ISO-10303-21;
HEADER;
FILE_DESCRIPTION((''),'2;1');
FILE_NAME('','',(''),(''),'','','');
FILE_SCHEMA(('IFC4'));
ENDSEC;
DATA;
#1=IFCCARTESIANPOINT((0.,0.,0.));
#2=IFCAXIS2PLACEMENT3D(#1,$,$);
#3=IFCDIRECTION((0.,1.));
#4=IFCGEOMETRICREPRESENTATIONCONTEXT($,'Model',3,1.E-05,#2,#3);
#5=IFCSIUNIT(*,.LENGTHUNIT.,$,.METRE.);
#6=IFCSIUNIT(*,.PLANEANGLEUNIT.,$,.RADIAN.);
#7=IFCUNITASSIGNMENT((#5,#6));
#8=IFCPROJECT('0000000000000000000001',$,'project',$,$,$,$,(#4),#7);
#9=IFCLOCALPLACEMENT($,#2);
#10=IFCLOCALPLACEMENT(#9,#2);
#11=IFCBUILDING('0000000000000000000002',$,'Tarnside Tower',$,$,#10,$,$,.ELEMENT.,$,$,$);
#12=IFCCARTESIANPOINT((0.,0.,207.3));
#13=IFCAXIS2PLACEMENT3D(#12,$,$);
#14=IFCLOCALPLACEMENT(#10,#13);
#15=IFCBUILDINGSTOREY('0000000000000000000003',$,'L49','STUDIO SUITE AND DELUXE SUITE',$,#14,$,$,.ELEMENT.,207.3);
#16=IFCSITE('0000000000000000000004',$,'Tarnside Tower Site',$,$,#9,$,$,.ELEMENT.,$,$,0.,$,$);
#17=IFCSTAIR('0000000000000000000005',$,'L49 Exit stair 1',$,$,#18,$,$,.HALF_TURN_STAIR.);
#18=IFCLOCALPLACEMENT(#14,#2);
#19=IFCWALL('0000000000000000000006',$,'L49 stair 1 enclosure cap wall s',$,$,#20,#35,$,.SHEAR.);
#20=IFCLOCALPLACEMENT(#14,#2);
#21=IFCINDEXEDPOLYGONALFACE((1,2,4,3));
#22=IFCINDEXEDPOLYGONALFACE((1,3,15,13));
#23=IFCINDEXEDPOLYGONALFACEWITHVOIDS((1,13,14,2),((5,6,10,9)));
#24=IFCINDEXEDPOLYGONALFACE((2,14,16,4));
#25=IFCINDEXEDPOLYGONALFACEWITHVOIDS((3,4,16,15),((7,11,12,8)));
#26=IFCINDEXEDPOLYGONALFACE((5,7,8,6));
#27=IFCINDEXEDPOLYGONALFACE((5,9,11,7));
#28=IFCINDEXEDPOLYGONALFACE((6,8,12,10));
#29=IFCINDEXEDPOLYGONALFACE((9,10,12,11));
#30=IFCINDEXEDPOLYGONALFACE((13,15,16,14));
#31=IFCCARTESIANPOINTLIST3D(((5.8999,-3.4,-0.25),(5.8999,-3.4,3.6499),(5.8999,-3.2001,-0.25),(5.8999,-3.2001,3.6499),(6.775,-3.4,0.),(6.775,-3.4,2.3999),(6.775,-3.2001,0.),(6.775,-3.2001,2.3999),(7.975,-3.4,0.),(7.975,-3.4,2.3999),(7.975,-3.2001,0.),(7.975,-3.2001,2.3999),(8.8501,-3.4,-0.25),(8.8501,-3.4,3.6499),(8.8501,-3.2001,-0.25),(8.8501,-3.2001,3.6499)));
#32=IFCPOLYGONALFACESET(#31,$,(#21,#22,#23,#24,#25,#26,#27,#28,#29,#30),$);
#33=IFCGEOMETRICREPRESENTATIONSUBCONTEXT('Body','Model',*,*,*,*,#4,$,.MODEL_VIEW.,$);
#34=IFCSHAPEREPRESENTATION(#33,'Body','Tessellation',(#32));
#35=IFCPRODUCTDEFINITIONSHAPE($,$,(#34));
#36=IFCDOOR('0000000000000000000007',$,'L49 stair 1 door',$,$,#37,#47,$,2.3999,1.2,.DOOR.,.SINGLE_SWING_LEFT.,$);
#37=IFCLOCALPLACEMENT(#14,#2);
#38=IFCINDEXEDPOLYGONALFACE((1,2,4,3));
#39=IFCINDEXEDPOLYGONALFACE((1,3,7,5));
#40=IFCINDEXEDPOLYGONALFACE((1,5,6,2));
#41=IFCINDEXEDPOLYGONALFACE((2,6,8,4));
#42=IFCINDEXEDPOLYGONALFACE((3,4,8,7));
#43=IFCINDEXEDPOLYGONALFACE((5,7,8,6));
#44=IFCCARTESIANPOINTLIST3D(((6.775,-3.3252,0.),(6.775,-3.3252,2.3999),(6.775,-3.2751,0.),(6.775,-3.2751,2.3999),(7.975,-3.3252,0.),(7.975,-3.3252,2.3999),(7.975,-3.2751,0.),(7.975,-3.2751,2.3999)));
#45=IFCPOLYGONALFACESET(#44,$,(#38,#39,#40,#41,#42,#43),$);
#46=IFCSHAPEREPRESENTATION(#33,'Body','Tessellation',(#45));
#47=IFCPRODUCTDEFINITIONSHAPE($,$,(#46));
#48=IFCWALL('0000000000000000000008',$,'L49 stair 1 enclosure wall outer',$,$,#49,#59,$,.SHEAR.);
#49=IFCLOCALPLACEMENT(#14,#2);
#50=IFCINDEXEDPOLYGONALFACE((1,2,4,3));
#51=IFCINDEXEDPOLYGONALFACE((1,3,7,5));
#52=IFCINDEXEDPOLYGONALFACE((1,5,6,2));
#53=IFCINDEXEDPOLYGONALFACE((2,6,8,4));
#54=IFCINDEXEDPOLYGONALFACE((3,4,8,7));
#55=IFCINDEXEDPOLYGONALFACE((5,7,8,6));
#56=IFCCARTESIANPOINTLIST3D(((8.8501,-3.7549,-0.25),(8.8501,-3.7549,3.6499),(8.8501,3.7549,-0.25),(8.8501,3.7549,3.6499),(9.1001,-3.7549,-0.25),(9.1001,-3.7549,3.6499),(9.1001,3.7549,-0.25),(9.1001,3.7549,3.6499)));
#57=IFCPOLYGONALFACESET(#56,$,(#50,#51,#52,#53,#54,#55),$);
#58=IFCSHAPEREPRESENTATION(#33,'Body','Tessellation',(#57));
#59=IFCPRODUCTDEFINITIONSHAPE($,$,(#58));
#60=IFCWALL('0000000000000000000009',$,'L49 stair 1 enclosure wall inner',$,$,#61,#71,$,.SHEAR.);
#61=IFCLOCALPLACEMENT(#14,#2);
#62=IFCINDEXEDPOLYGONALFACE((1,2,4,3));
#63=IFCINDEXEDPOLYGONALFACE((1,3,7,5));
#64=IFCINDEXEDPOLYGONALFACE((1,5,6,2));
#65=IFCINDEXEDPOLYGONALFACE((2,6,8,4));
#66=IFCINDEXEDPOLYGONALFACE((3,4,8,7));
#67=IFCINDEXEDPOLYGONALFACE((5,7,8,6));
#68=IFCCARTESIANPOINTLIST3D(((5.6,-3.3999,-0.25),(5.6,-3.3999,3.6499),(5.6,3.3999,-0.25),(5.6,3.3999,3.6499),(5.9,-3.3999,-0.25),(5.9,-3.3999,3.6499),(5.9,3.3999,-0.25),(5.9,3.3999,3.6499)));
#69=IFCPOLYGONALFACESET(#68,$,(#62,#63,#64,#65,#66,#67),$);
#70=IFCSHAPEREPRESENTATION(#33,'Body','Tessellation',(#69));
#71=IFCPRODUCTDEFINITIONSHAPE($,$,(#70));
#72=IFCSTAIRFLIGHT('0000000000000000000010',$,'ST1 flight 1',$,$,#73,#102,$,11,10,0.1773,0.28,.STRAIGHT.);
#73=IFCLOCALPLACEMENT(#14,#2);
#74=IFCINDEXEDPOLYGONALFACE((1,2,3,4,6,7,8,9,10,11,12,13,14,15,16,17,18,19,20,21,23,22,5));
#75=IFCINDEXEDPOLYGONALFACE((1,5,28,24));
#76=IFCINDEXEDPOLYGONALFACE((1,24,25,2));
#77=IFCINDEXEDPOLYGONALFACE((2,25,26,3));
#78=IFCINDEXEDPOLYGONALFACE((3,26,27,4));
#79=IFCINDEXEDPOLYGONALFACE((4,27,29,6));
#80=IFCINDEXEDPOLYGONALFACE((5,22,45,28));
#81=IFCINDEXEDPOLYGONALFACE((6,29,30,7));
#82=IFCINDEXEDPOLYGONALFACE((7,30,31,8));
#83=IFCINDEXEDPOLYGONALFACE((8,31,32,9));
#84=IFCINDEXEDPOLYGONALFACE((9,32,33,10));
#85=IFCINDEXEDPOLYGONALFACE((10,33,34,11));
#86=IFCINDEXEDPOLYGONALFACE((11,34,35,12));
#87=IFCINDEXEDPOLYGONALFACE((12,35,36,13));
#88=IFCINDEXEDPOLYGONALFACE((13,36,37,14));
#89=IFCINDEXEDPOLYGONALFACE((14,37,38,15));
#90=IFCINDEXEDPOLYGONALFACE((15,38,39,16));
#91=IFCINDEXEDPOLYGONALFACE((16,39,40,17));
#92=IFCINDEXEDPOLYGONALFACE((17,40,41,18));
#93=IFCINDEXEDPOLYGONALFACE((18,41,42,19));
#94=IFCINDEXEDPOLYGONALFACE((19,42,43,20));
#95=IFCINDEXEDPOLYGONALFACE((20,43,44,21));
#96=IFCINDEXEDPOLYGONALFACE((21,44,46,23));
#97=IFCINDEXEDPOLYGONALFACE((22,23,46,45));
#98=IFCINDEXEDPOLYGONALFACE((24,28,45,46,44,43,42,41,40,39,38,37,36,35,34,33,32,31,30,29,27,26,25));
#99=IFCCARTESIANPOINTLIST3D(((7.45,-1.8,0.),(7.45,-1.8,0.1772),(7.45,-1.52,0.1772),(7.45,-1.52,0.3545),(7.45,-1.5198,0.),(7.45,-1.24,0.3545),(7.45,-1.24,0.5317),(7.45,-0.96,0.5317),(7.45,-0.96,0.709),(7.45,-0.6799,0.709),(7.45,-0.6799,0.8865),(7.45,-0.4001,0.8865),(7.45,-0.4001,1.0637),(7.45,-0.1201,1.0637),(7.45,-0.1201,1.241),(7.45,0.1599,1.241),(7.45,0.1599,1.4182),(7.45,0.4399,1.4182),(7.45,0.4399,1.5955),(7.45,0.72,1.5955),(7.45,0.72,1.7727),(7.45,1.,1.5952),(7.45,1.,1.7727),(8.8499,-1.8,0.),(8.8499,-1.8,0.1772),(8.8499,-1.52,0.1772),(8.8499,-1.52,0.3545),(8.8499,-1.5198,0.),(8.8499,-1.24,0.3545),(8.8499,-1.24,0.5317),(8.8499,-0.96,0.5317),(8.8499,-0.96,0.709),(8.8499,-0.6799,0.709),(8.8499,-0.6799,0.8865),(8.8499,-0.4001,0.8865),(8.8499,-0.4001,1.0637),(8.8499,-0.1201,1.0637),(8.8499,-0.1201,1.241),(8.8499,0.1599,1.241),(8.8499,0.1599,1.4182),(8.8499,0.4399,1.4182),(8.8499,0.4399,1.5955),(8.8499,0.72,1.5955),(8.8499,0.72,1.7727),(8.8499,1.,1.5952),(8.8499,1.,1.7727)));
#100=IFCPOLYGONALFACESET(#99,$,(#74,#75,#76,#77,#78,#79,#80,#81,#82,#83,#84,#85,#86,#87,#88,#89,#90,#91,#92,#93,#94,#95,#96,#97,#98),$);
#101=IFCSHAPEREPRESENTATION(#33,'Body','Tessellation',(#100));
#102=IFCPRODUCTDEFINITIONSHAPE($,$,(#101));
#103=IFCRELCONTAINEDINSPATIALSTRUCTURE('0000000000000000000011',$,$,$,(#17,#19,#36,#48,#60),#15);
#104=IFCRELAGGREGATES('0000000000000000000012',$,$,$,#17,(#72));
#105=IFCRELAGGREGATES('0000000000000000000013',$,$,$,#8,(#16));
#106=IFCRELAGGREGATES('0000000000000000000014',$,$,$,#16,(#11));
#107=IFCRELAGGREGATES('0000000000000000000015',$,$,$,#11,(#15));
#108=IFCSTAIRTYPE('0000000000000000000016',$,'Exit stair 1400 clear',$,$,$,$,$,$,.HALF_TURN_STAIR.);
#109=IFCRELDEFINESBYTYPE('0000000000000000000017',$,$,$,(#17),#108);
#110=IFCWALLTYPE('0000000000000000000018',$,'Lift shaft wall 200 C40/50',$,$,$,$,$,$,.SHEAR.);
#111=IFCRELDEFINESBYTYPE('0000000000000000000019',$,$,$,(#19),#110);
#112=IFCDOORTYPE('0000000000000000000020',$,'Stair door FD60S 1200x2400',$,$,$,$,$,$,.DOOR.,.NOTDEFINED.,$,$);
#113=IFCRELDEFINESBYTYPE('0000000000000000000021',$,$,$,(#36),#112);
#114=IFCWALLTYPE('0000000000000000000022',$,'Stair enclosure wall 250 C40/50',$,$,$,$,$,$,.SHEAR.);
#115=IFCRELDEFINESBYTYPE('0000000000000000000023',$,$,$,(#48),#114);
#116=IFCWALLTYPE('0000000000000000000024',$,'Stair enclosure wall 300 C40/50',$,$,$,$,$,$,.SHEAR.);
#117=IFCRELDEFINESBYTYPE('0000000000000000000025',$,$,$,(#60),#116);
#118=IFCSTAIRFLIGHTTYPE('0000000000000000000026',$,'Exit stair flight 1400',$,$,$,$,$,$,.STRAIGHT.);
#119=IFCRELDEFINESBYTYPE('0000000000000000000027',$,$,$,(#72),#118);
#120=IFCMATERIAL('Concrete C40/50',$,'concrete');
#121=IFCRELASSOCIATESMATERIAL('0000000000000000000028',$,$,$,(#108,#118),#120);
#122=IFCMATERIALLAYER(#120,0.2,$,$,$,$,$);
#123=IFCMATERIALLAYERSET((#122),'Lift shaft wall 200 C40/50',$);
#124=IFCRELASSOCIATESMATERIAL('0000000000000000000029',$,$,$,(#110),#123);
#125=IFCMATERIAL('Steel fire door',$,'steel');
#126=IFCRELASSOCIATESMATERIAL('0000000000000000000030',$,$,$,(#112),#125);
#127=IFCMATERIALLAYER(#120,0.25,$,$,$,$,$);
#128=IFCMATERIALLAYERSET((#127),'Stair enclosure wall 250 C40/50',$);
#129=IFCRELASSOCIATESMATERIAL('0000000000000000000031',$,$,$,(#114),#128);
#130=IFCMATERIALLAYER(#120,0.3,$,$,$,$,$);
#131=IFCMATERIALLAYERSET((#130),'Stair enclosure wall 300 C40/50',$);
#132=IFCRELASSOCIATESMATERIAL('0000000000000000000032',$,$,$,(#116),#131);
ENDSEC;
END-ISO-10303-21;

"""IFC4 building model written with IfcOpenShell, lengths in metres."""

from ifc_helpers import new_model, si_unit, direction, frame, frame_2d, origin, place, context, subcontext, project, spatial, polyline, rectangle, outline, extrude, material, layer, layer_set, type_object, element, fill, aggregate, save


model = new_model("IFC4")

# Units and contexts
model_context = context("Model", 3, precision=1e-05, world=origin(), true_north=direction((0.0, 1.0)))
body_context = subcontext(model_context, "Body", "Model", "MODEL_VIEW")
ifc_project = project(units=[si_unit("LENGTHUNIT", "METRE"), si_unit("PLANEANGLEUNIT", "RADIAN")], contexts=[model_context])

# Site, building, storey
site_placement = place(None, origin())
site = spatial("IfcSite", under=ifc_project, at=site_placement, Name="Tarnside Tower Site", CompositionType="ELEMENT", RefElevation=0.0)
building_placement = place(site_placement, origin())
building = spatial("IfcBuilding", under=site, at=building_placement, Name="Tarnside Tower", CompositionType="ELEMENT")
storey_placement = place(building_placement, frame((0.0, 0.0, 207.3)))
storey = spatial("IfcBuildingStorey", under=building, at=storey_placement, Name="L49", Description="STUDIO SUITE AND DELUXE SUITE", CompositionType="ELEMENT", Elevation=207.3)

# Shared definitions
ifc_material_1 = material(Name="Concrete C40/50", Category="concrete")

# Stair
stair_type = type_object("IfcStairType", Name="Exit stair 1400 clear", PredefinedType="HALF_TURN_STAIR", material=ifc_material_1)
stair_1_placement = place(storey_placement, origin())
stair_1 = element("IfcStair", 1, at=stair_1_placement, inside=storey, type_object=stair_type, Name="L49 Exit stair 1", PredefinedType="HALF_TURN_STAIR")

# Shared definitions
ifc_material_2 = material(Name="Steel fire door", Category="steel")

# Shared definitions
ifc_layer_1 = layer(ifc_material_1, 0.2)
ifc_layer_set_1 = layer_set([ifc_layer_1], Name="Lift shaft wall 200 C40/50")
wall_type_1 = type_object("IfcWallType", Name="Lift shaft wall 200 C40/50", PredefinedType="SHEAR", material=ifc_layer_set_1)

# Wall, opening, door
wall_1_placement = place(storey_placement, frame((5.8999, -3.3, -0.25), z_axis=(0.0, 0.0, 1.0), x_axis=(1.0, 0.0, 0.0)))
wall_1 = element("IfcWall", 2, at=wall_1_placement, inside=storey, type_object=wall_type_1, Name="L49 stair 1 enclosure cap wall s", PredefinedType="SHEAR", context=body_context, shape_type="SweptSolid", body=[
    extrude(rectangle(XDim=2.9502, YDim=0.2, at=frame_2d((1.4751, 0.0))), origin(), (0.0, 0.0, 1.0), 3.8999),
])
opening_1_placement = place(wall_1_placement, frame((0.875, 0.0, 0.25)))
opening_1 = element("IfcOpeningElement", 3, at=opening_1_placement, cuts=wall_1, PredefinedType="OPENING", context=body_context, shape_type="SweptSolid", body=[
    extrude(rectangle(XDim=1.2, YDim=2.3999, at=frame_2d((0.6001, 1.2))), frame((0.0, 0.1099, 0.0), z_axis=(0.0, -1.0, 0.0), x_axis=(1.0, 0.0, 0.0)), (0.0, 0.0, 1.0), 0.22),
])
door_type_1 = type_object("IfcDoorType", Name="Stair door FD60S 1200x2400", OperationType="NOTDEFINED", PredefinedType="DOOR", material=ifc_material_2)
door_1_placement = place(opening_1_placement, origin())
door_1 = element("IfcDoor", 4, at=door_1_placement, inside=storey, type_object=door_type_1, Name="L49 stair 1 door", OperationType="SINGLE_SWING_LEFT", OverallHeight=2.3999, OverallWidth=1.2, PredefinedType="DOOR", context=body_context, shape_type="SweptSolid", body=[
    extrude(rectangle(XDim=1.2, YDim=2.3999, at=frame_2d((0.6001, 1.2))), frame((0.0, 0.0249, 0.0), z_axis=(0.0, -1.0, 0.0), x_axis=(1.0, 0.0, 0.0)), (0.0, 0.0, 1.0), 0.05),
])
fill(opening_1, door_1)

# Walls
ifc_layer_2 = layer(ifc_material_1, 0.25)
ifc_layer_set_2 = layer_set([ifc_layer_2], Name="Stair enclosure wall 250 C40/50")
wall_type_2 = type_object("IfcWallType", Name="Stair enclosure wall 250 C40/50", PredefinedType="SHEAR", material=ifc_layer_set_2)
wall_2_placement = place(storey_placement, frame((8.9751, -3.7549, -0.25), z_axis=(0.0, 0.0, 1.0), x_axis=(0.0, 1.0, 0.0)))
element("IfcWall", 5, at=wall_2_placement, inside=storey, type_object=wall_type_2, Name="L49 stair 1 enclosure wall outer", PredefinedType="SHEAR", context=body_context, shape_type="SweptSolid", body=[
    extrude(rectangle(XDim=7.5098, YDim=0.25, at=frame_2d((3.7549, 0.0))), origin(), (0.0, 0.0, 1.0), 3.8999),
])
ifc_layer_3 = layer(ifc_material_1, 0.3)
ifc_layer_set_3 = layer_set([ifc_layer_3], Name="Stair enclosure wall 300 C40/50")
wall_type_3 = type_object("IfcWallType", Name="Stair enclosure wall 300 C40/50", PredefinedType="SHEAR", material=ifc_layer_set_3)
wall_3_placement = place(storey_placement, frame((5.75, -3.3999, -0.25), z_axis=(0.0, 0.0, 1.0), x_axis=(0.0, 1.0, 0.0)))
element("IfcWall", 6, at=wall_3_placement, inside=storey, type_object=wall_type_3, Name="L49 stair 1 enclosure wall inner", PredefinedType="SHEAR", context=body_context, shape_type="SweptSolid", body=[
    extrude(rectangle(XDim=6.7998, YDim=0.3, at=frame_2d((3.3999, 0.0))), origin(), (0.0, 0.0, 1.0), 3.8999),
])

# Stair flight
stair_flight_type = type_object("IfcStairFlightType", Name="Exit stair flight 1400", PredefinedType="STRAIGHT", material=ifc_material_1)
stair_flight_placement = place(storey_placement, frame((8.1499, -1.8, 0.0), z_axis=(0.0, 0.0, 1.0), x_axis=(0.0, 1.0, 0.0)))
stair_flight = element("IfcStairFlight", 7, at=stair_flight_placement, type_object=stair_flight_type, Name="ST1 flight 1", NumberOfRisers=11, NumberOfTreads=10, PredefinedType="STRAIGHT", RiserHeight=0.1773, TreadLength=0.28, context=body_context, shape_type="SweptSolid", body=[
    extrude(outline(polyline([(0.0, 0.0), (0.0, 0.1772), (0.28, 0.1772), (0.28, 0.3545), (0.5601, 0.3545), (0.5601, 0.5317), (0.8401, 0.5317), (0.8401, 0.709), (1.1201, 0.709), (1.1201, 0.8865), (1.3999, 0.8865), (1.3999, 1.0637), (1.6799, 1.0637), (1.6799, 1.241), (1.96, 1.241), (1.96, 1.4182), (2.24, 1.4182), (2.24, 1.5955), (2.52, 1.5955), (2.52, 1.7727), (2.8, 1.7727), (2.8, 1.95), (2.8, 1.5952), (0.2803, 0.0), (0.0, 0.0)])), frame((0.0, 0.7, 0.0), z_axis=(0.0, -1.0, 0.0), x_axis=(1.0, 0.0, 0.0)), (0.0, 0.0, 1.0), 1.3999),
])
aggregate(stair_1, [stair_flight])

save(model, "model.ifc")
